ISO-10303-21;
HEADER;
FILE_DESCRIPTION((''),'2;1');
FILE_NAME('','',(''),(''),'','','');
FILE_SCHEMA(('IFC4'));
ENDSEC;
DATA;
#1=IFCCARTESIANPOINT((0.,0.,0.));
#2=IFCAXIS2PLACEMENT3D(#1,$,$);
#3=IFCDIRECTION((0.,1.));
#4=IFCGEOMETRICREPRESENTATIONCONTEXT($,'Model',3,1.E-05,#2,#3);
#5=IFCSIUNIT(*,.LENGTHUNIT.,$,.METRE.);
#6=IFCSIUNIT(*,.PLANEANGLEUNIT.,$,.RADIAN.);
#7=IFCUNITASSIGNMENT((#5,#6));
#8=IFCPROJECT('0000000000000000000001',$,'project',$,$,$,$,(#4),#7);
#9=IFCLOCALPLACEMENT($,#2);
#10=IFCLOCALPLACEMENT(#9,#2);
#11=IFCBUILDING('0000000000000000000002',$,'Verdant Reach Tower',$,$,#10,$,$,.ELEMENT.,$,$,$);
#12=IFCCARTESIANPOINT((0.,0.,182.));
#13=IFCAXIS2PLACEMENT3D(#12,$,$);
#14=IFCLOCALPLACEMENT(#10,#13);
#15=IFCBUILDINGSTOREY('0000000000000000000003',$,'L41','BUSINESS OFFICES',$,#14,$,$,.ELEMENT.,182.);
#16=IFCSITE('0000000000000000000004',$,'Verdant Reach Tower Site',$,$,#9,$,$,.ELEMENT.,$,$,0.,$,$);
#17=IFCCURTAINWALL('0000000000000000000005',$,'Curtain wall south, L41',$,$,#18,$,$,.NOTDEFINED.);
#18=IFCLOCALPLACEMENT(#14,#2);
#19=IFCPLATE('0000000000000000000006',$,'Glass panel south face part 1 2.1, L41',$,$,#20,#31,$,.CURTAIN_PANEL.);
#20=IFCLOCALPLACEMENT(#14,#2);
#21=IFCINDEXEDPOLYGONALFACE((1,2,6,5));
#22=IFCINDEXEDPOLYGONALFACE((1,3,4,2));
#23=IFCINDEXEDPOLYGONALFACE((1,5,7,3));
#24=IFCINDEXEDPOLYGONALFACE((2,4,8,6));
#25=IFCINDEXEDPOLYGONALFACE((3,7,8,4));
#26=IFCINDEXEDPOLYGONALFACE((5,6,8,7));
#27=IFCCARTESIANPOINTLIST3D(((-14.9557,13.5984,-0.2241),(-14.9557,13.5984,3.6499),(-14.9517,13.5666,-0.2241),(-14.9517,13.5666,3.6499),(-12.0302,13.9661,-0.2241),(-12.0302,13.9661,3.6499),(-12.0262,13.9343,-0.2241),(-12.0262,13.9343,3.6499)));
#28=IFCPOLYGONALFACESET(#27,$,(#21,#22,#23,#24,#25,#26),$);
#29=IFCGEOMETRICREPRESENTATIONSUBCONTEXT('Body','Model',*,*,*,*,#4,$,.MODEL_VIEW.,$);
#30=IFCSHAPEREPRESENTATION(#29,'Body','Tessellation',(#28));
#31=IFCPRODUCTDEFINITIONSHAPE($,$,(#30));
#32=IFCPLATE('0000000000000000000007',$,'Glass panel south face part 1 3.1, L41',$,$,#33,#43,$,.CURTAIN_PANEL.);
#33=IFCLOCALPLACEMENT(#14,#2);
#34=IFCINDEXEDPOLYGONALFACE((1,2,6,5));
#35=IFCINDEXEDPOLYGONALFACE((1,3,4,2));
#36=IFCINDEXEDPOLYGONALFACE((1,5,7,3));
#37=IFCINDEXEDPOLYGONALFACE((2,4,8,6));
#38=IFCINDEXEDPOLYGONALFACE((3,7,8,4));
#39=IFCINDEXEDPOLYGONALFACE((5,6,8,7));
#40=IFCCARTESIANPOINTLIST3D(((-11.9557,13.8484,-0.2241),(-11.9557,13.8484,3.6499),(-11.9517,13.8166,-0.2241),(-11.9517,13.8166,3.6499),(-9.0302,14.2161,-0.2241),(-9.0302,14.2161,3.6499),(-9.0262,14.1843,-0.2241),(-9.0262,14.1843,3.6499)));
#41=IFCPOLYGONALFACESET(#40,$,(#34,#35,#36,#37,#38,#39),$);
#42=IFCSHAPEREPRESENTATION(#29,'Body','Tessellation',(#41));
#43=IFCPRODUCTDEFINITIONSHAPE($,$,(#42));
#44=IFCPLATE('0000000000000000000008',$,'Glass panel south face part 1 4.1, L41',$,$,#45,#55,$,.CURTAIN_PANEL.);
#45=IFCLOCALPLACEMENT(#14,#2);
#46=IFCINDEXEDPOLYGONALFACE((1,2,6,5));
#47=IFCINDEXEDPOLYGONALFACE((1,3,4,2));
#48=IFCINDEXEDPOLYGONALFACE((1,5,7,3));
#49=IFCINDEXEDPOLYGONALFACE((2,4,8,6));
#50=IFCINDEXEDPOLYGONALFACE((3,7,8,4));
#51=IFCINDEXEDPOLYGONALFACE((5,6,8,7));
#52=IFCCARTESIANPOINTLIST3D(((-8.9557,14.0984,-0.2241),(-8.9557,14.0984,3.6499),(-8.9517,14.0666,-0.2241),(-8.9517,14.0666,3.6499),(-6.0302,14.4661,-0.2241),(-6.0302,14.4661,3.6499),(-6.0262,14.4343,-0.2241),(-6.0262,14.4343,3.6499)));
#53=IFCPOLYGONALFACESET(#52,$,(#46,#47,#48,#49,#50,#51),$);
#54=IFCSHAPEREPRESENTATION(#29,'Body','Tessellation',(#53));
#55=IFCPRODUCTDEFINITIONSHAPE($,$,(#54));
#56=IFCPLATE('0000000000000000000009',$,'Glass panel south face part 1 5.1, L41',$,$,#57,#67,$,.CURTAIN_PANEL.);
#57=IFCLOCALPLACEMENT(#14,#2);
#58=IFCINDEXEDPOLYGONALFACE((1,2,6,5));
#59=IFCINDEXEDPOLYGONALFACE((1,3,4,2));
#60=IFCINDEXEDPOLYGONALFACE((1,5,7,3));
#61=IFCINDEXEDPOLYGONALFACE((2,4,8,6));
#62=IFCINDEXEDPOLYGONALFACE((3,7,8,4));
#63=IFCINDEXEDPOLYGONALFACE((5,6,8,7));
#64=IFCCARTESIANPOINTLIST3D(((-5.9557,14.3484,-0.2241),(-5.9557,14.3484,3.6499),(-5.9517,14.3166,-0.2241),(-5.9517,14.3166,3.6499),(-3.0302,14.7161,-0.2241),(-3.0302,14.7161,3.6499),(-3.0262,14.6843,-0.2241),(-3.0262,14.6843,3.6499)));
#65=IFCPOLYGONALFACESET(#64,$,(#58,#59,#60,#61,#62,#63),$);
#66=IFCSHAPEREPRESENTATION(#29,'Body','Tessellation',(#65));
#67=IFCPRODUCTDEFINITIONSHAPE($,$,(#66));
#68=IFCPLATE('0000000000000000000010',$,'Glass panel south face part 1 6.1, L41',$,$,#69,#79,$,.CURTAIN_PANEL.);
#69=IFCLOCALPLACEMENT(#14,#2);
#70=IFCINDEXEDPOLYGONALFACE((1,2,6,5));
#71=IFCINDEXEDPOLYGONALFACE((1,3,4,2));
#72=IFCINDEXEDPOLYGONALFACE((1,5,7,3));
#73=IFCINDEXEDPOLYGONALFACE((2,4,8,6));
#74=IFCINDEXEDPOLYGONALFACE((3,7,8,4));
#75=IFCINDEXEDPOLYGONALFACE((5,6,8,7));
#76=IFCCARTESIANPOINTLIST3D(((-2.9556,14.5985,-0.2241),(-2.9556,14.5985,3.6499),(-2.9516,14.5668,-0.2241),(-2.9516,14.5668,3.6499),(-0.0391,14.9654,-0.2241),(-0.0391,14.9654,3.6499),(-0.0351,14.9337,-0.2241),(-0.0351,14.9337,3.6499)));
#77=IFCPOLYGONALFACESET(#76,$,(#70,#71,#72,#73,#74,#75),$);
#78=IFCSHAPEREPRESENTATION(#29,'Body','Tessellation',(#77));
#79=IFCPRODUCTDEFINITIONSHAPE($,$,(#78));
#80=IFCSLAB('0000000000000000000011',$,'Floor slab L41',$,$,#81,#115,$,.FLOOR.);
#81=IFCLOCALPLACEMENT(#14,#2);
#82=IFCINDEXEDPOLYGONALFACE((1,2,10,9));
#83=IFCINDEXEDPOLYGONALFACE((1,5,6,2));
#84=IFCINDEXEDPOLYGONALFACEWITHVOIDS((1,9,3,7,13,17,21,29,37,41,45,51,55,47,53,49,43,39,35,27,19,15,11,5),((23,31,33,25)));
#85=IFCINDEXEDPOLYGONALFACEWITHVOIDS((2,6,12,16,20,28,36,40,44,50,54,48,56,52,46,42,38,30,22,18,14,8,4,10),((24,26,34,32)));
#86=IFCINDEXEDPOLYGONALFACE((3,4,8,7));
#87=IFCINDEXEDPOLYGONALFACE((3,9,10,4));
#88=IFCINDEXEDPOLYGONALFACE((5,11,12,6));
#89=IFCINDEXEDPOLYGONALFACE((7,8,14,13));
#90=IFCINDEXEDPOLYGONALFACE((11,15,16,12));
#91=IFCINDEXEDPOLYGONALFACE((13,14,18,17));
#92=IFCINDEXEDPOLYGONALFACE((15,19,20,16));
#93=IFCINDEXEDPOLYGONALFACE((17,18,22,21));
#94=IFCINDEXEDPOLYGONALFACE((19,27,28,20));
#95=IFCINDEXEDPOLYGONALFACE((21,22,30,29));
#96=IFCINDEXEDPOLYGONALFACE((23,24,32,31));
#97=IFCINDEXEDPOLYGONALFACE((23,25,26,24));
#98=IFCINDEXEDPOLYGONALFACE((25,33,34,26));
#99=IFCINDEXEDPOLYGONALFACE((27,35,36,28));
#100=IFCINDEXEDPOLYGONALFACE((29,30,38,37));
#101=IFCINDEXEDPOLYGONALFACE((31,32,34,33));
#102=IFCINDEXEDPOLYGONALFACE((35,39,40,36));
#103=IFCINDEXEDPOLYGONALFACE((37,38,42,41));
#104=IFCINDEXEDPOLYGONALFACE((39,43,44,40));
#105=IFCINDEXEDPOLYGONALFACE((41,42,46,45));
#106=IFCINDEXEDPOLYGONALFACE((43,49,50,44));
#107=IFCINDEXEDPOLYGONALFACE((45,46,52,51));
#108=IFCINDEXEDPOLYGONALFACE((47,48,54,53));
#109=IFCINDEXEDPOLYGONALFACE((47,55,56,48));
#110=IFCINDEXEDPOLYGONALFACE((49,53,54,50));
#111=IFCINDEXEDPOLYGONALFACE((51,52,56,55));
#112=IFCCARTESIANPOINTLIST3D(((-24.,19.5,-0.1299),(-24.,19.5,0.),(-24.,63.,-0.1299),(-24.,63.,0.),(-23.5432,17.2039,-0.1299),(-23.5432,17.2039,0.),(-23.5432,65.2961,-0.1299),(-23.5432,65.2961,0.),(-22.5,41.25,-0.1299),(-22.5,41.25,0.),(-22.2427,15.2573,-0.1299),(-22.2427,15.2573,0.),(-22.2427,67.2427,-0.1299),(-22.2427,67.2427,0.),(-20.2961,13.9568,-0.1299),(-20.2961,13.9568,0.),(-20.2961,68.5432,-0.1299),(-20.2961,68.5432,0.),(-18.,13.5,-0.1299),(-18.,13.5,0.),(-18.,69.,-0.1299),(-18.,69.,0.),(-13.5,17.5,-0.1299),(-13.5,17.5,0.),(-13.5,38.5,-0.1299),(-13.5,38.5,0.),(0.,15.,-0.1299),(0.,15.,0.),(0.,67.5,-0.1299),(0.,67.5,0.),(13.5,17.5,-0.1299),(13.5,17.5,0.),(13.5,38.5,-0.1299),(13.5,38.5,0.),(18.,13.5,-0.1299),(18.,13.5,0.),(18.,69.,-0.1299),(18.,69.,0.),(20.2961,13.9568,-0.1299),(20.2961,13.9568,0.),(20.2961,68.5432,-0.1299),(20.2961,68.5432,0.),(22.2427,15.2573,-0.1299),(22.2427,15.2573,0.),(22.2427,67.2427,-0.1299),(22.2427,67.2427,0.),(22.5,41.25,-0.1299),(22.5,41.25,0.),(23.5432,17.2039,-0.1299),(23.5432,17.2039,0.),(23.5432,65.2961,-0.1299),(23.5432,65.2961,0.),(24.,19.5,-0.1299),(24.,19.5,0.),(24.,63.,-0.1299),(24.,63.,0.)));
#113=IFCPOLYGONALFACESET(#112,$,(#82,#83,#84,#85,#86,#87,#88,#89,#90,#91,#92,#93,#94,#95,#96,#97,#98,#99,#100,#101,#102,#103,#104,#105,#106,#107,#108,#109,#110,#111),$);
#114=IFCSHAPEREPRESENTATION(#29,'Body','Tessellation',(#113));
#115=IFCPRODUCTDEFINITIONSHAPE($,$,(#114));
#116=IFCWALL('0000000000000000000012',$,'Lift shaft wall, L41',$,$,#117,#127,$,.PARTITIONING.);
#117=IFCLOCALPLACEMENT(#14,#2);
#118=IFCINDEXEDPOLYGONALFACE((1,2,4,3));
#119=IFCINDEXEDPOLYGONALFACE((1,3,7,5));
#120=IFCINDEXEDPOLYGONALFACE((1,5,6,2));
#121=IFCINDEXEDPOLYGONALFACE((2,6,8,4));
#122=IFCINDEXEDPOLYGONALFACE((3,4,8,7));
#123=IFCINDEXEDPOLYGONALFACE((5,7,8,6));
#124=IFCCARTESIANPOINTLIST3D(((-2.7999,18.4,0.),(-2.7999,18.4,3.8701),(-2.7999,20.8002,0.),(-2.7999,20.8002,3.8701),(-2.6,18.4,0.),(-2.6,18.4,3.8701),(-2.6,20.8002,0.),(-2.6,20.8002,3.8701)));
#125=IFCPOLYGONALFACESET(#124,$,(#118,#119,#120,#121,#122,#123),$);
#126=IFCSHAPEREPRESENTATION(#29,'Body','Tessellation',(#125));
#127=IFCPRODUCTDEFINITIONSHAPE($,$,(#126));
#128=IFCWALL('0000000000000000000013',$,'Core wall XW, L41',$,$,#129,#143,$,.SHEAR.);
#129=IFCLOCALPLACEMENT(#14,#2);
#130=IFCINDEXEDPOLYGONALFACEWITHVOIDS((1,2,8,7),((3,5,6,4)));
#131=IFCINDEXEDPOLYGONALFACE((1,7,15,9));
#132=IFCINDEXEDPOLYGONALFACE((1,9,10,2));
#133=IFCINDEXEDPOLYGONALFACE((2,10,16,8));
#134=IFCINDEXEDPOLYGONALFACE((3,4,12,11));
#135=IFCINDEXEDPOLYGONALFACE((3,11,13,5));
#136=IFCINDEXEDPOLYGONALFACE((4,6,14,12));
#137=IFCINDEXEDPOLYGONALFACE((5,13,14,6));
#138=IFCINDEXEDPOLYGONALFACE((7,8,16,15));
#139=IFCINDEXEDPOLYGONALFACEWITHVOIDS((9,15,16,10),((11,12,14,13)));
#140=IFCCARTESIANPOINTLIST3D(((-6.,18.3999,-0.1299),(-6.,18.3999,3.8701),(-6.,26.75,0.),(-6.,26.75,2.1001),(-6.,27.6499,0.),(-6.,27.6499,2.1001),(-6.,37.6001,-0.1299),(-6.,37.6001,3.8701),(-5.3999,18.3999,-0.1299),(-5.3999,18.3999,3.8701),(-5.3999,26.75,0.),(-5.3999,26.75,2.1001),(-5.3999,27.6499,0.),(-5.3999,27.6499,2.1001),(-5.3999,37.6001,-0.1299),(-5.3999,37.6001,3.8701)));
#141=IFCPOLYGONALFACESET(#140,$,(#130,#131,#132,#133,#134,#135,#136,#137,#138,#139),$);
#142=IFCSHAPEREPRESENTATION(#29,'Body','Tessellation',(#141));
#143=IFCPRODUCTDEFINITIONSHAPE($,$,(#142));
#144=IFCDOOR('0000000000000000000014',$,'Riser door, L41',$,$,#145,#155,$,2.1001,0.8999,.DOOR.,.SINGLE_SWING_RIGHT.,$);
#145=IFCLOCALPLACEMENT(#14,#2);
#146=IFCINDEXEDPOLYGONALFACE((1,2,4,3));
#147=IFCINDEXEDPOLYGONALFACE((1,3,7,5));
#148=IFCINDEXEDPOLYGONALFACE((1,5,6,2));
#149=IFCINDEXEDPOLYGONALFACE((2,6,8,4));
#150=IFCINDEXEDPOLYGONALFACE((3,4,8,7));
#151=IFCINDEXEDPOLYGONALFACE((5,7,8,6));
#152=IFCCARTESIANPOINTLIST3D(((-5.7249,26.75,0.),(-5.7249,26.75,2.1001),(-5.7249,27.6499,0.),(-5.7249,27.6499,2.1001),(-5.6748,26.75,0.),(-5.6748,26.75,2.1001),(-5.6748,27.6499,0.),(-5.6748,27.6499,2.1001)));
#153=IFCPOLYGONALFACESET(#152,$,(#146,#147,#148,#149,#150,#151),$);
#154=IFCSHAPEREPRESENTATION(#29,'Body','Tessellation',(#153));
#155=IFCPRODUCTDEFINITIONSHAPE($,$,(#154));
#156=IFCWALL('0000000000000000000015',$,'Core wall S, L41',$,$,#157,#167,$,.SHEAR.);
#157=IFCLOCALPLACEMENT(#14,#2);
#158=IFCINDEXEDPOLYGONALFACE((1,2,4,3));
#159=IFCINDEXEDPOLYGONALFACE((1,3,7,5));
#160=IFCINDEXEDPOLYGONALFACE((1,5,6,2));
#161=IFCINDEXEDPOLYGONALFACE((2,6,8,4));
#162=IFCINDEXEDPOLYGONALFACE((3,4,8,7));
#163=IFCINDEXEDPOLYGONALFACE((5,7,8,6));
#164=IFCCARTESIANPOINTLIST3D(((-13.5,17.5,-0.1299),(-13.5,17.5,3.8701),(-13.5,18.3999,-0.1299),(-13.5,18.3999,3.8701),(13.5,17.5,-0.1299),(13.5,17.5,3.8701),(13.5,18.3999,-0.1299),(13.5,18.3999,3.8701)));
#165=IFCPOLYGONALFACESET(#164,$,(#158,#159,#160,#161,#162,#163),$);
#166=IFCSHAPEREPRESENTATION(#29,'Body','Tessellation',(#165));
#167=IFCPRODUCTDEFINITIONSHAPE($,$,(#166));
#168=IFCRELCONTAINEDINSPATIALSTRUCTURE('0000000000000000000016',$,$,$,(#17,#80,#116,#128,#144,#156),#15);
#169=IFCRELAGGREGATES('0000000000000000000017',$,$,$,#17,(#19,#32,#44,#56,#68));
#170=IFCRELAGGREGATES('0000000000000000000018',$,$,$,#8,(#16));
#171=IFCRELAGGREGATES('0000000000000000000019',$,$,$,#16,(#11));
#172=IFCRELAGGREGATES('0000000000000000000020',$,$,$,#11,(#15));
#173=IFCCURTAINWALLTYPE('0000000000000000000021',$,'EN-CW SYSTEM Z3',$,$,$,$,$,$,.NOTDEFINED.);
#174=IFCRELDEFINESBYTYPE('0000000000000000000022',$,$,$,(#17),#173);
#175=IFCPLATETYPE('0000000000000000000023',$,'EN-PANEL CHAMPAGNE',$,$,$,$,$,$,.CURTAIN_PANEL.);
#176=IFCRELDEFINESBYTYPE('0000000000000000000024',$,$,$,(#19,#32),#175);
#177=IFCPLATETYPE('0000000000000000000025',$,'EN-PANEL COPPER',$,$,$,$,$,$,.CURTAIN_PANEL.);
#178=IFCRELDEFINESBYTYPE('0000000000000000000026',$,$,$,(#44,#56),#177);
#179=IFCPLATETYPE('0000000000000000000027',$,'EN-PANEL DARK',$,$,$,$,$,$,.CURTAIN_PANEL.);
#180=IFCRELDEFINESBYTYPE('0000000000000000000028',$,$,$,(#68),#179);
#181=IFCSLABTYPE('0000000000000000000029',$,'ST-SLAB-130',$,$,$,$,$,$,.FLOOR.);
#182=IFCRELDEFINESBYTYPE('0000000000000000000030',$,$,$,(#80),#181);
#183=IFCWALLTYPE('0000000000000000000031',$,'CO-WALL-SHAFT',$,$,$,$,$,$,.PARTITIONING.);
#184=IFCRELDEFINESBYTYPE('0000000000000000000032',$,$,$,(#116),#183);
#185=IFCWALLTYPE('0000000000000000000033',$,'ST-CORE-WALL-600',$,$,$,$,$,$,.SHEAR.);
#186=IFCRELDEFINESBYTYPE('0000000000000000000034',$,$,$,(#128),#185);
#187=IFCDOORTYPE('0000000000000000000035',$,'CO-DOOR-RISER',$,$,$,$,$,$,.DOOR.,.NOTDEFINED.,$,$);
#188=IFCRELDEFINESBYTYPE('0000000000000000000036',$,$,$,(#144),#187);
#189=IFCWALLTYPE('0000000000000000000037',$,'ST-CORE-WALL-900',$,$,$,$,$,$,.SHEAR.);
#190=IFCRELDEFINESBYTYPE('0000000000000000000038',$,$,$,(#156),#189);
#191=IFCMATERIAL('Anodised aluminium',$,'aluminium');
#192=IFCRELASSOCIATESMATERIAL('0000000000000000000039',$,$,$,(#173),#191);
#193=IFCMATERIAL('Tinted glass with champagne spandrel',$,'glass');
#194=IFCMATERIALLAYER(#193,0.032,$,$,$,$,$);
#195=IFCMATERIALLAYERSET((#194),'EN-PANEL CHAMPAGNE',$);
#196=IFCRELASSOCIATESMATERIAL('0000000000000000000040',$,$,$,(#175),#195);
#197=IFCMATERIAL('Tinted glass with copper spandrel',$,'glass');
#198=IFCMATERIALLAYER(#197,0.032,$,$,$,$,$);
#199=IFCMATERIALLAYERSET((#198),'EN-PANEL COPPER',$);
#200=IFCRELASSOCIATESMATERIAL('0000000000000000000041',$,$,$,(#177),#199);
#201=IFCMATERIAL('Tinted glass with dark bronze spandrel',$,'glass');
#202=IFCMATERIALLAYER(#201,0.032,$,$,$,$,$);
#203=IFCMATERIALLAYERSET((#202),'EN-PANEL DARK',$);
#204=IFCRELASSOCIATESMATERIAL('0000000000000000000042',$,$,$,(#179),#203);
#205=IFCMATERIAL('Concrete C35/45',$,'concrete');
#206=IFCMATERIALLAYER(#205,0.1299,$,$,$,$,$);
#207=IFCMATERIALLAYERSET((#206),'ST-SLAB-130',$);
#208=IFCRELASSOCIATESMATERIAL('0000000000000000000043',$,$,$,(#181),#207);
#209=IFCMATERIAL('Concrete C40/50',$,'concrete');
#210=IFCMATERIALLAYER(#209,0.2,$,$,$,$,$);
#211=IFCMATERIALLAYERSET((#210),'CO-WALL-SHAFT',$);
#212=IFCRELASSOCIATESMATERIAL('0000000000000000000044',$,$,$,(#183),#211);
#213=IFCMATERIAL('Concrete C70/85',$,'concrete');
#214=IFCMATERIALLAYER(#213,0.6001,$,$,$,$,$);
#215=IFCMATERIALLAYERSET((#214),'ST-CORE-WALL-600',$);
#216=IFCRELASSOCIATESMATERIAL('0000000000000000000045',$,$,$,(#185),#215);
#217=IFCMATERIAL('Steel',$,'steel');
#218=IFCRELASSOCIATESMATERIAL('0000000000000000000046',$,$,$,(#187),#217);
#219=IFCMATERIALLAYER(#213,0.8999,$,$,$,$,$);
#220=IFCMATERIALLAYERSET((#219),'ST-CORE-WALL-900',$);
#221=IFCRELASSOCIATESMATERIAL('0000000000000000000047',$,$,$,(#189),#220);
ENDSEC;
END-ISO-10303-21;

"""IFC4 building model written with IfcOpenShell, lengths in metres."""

from ifc_helpers import new_model, si_unit, direction, frame, frame_2d, origin, origin_2d, place, context, subcontext, project, spatial, polyline, rectangle, outline, extrude, material, layer, layer_set, type_object, element, fill, aggregate, save


model = new_model("IFC4")

# Units and contexts
model_context = context("Model", 3, precision=1e-05, world=origin(), true_north=direction((0.0, 1.0)))
body_context = subcontext(model_context, "Body", "Model", "MODEL_VIEW")
ifc_project = project(units=[si_unit("LENGTHUNIT", "METRE"), si_unit("PLANEANGLEUNIT", "RADIAN")], contexts=[model_context])

# Site, building, storey
site_placement = place(None, origin())
site = spatial("IfcSite", under=ifc_project, at=site_placement, Name="Verdant Reach Tower Site", CompositionType="ELEMENT", RefElevation=0.0)
building_placement = place(site_placement, origin())
building = spatial("IfcBuilding", under=site, at=building_placement, Name="Verdant Reach Tower", CompositionType="ELEMENT")
storey_placement = place(building_placement, frame((0.0, 0.0, 182.0)))
storey = spatial("IfcBuildingStorey", under=building, at=storey_placement, Name="L41", Description="BUSINESS OFFICES", CompositionType="ELEMENT", Elevation=182.0)

# Curtain wall
ifc_material_1 = material(Name="Anodised aluminium", Category="aluminium")
curtain_wall_type = type_object("IfcCurtainWallType", Name="EN-CW SYSTEM Z3", PredefinedType="NOTDEFINED", material=ifc_material_1)
curtain_wall_placement = place(storey_placement, origin())
curtain_wall = element("IfcCurtainWall", 1, at=curtain_wall_placement, inside=storey, type_object=curtain_wall_type, Name="Curtain wall south, L41", PredefinedType="NOTDEFINED")

# Plates
ifc_material_2 = material(Name="Tinted glass with champagne spandrel", Category="glass")
ifc_layer_1 = layer(ifc_material_2, 0.032)
ifc_layer_set_1 = layer_set([ifc_layer_1], Name="EN-PANEL CHAMPAGNE")
plate_type_1 = type_object("IfcPlateType", Name="EN-PANEL CHAMPAGNE", PredefinedType="CURTAIN_PANEL", material=ifc_layer_set_1)
plate_1_placement = place(storey_placement, frame((-13.491, 13.7664, -0.2241), z_axis=(0.0, 0.0, 1.0), x_axis=(0.992194, 0.124704, 0.0)))
plate_1 = element("IfcPlate", 2, at=plate_1_placement, type_object=plate_type_1, Name="Glass panel south face part 1 2.1, L41", PredefinedType="CURTAIN_PANEL", context=body_context, shape_type="SweptSolid", body=[
    extrude(rectangle(XDim=2.9485, YDim=0.032, at=origin_2d()), origin(), (0.0, 0.0, 1.0), 3.874),
])
plate_2_placement = place(storey_placement, frame((-10.491, 14.0164, -0.2241), z_axis=(0.0, 0.0, 1.0), x_axis=(0.992194, 0.124704, 0.0)))
plate_2 = element("IfcPlate", 3, at=plate_2_placement, type_object=plate_type_1, Name="Glass panel south face part 1 3.1, L41", PredefinedType="CURTAIN_PANEL", context=body_context, shape_type="SweptSolid", body=[
    extrude(rectangle(XDim=2.9485, YDim=0.032, at=origin_2d()), origin(), (0.0, 0.0, 1.0), 3.874),
])
ifc_material_3 = material(Name="Tinted glass with copper spandrel", Category="glass")
ifc_layer_2 = layer(ifc_material_3, 0.032)
ifc_layer_set_2 = layer_set([ifc_layer_2], Name="EN-PANEL COPPER")
plate_type_2 = type_object("IfcPlateType", Name="EN-PANEL COPPER", PredefinedType="CURTAIN_PANEL", material=ifc_layer_set_2)
plate_3_placement = place(storey_placement, frame((-7.491, 14.2664, -0.2241), z_axis=(0.0, 0.0, 1.0), x_axis=(0.992194, 0.124704, 0.0)))
plate_3 = element("IfcPlate", 4, at=plate_3_placement, type_object=plate_type_2, Name="Glass panel south face part 1 4.1, L41", PredefinedType="CURTAIN_PANEL", context=body_context, shape_type="SweptSolid", body=[
    extrude(rectangle(XDim=2.9485, YDim=0.032, at=origin_2d()), origin(), (0.0, 0.0, 1.0), 3.874),
])
plate_4_placement = place(storey_placement, frame((-4.491, 14.5164, -0.2241), z_axis=(0.0, 0.0, 1.0), x_axis=(0.992194, 0.124704, 0.0)))
plate_4 = element("IfcPlate", 5, at=plate_4_placement, type_object=plate_type_2, Name="Glass panel south face part 1 5.1, L41", PredefinedType="CURTAIN_PANEL", context=body_context, shape_type="SweptSolid", body=[
    extrude(rectangle(XDim=2.9485, YDim=0.032, at=origin_2d()), origin(), (0.0, 0.0, 1.0), 3.874),
])
ifc_material_4 = material(Name="Tinted glass with dark bronze spandrel", Category="glass")
ifc_layer_3 = layer(ifc_material_4, 0.032)
ifc_layer_set_3 = layer_set([ifc_layer_3], Name="EN-PANEL DARK")
plate_type_3 = type_object("IfcPlateType", Name="EN-PANEL DARK", PredefinedType="CURTAIN_PANEL", material=ifc_layer_set_3)
plate_5_placement = place(storey_placement, frame((-1.4954, 14.7661, -0.2241), z_axis=(0.0, 0.0, 1.0), x_axis=(0.992178, 0.124828, 0.0)))
plate_5 = element("IfcPlate", 6, at=plate_5_placement, type_object=plate_type_3, Name="Glass panel south face part 1 6.1, L41", PredefinedType="CURTAIN_PANEL", context=body_context, shape_type="SweptSolid", body=[
    extrude(rectangle(XDim=2.9395, YDim=0.032, at=origin_2d()), origin(), (0.0, 0.0, 1.0), 3.874),
])
aggregate(curtain_wall, [plate_1, plate_2, plate_3, plate_4, plate_5])

# Slab
ifc_material_5 = material(Name="Concrete C35/45", Category="concrete")
ifc_layer_4 = layer(ifc_material_5, 0.1299)
ifc_layer_set_4 = layer_set([ifc_layer_4], Name="ST-SLAB-130")
slab_type = type_object("IfcSlabType", Name="ST-SLAB-130", PredefinedType="FLOOR", material=ifc_layer_set_4)
slab_placement = place(storey_placement, frame((0.0, 0.0, -0.1299)))
element("IfcSlab", 7, at=slab_placement, inside=storey, type_object=slab_type, Name="Floor slab L41", PredefinedType="FLOOR", context=body_context, shape_type="SweptSolid", body=[
    extrude(outline(polyline([(0.0, 15.0), (-18.0, 13.5), (-20.2961, 13.9568), (-22.2427, 15.2573), (-23.5432, 17.2039), (-24.0, 19.5), (-22.5, 41.25), (-24.0, 63.0), (-23.5432, 65.2961), (-22.2427, 67.2427), (-20.2961, 68.5432), (-18.0, 69.0), (0.0, 67.5), (18.0, 69.0), (20.2961, 68.5432), (22.2427, 67.2427), (23.5432, 65.2961), (24.0, 63.0), (22.5, 41.25), (24.0, 19.5), (23.5432, 17.2039), (22.2427, 15.2573), (20.2961, 13.9568), (18.0, 13.5), (0.0, 15.0)]), holes=[polyline([(13.5, 38.5), (-13.5, 38.5), (-13.5, 17.5), (13.5, 17.5), (13.5, 38.5)])]), origin(), (0.0, 0.0, 1.0), 0.1299),
])

# Wall
ifc_material_6 = material(Name="Concrete C40/50", Category="concrete")
ifc_layer_5 = layer(ifc_material_6, 0.2)
ifc_layer_set_5 = layer_set([ifc_layer_5], Name="CO-WALL-SHAFT")
wall_type_1 = type_object("IfcWallType", Name="CO-WALL-SHAFT", PredefinedType="PARTITIONING", material=ifc_layer_set_5)
wall_1_placement = place(storey_placement, frame((-2.7, 18.3999, 0.0), z_axis=(0.0, 0.0, 1.0), x_axis=(0.0, 1.0, 0.0)))
element("IfcWall", 8, at=wall_1_placement, inside=storey, type_object=wall_type_1, Name="Lift shaft wall, L41", PredefinedType="PARTITIONING", context=body_context, shape_type="SweptSolid", body=[
    extrude(rectangle(XDim=2.4001, YDim=0.2, at=frame_2d((1.2002, 0.0))), origin(), (0.0, 0.0, 1.0), 3.8701),
])

# Wall, opening, door
ifc_material_7 = material(Name="Concrete C70/85", Category="concrete")
ifc_layer_6 = layer(ifc_material_7, 0.6001)
ifc_layer_set_6 = layer_set([ifc_layer_6], Name="ST-CORE-WALL-600")
wall_type_2 = type_object("IfcWallType", Name="ST-CORE-WALL-600", PredefinedType="SHEAR", material=ifc_layer_set_6)
wall_2_placement = place(storey_placement, frame((-5.7, 18.3999, -0.1299), z_axis=(0.0, 0.0, 1.0), x_axis=(0.0, 1.0, 0.0)))
wall_2 = element("IfcWall", 9, at=wall_2_placement, inside=storey, type_object=wall_type_2, Name="Core wall XW, L41", PredefinedType="SHEAR", context=body_context, shape_type="SweptSolid", body=[
    extrude(rectangle(XDim=19.2002, YDim=0.6001, at=frame_2d((9.6001, 0.0))), origin(), (0.0, 0.0, 1.0), 4.0),
])
opening_1_placement = place(wall_2_placement, frame((8.3501, 0.0, 0.1299)))
opening_1 = element("IfcOpeningElement", 10, at=opening_1_placement, cuts=wall_2, PredefinedType="OPENING", context=body_context, shape_type="SweptSolid", body=[
    extrude(rectangle(XDim=0.8999, YDim=2.1001, at=frame_2d((0.45, 1.05))), frame((0.0, 0.3101, 0.0), z_axis=(0.0, -1.0, 0.0), x_axis=(1.0, 0.0, 0.0)), (0.0, 0.0, 1.0), 0.6201),
])
ifc_material_8 = material(Name="Steel", Category="steel")
door_type_1 = type_object("IfcDoorType", Name="CO-DOOR-RISER", OperationType="NOTDEFINED", PredefinedType="DOOR", material=ifc_material_8)
door_1_placement = place(opening_1_placement, origin())
door_1 = element("IfcDoor", 11, at=door_1_placement, inside=storey, type_object=door_type_1, Name="Riser door, L41", OperationType="SINGLE_SWING_RIGHT", OverallHeight=2.1001, OverallWidth=0.8999, PredefinedType="DOOR", context=body_context, shape_type="SweptSolid", body=[
    extrude(rectangle(XDim=0.8999, YDim=2.1001, at=frame_2d((0.45, 1.05))), frame((0.0, 0.0249, 0.0), z_axis=(0.0, -1.0, 0.0), x_axis=(1.0, 0.0, 0.0)), (0.0, 0.0, 1.0), 0.05),
])
fill(opening_1, door_1)

# Wall
ifc_layer_7 = layer(ifc_material_7, 0.8999)
ifc_layer_set_7 = layer_set([ifc_layer_7], Name="ST-CORE-WALL-900")
wall_type_3 = type_object("IfcWallType", Name="ST-CORE-WALL-900", PredefinedType="SHEAR", material=ifc_layer_set_7)
wall_3_placement = place(storey_placement, frame((-13.5, 17.95, -0.1299), z_axis=(0.0, 0.0, 1.0), x_axis=(1.0, 0.0, 0.0)))
element("IfcWall", 12, at=wall_3_placement, inside=storey, type_object=wall_type_3, Name="Core wall S, L41", PredefinedType="SHEAR", context=body_context, shape_type="SweptSolid", body=[
    extrude(rectangle(XDim=27.0, YDim=0.8999, at=frame_2d((13.5, 0.0))), origin(), (0.0, 0.0, 1.0), 4.0),
])

save(model, "model.ifc")
